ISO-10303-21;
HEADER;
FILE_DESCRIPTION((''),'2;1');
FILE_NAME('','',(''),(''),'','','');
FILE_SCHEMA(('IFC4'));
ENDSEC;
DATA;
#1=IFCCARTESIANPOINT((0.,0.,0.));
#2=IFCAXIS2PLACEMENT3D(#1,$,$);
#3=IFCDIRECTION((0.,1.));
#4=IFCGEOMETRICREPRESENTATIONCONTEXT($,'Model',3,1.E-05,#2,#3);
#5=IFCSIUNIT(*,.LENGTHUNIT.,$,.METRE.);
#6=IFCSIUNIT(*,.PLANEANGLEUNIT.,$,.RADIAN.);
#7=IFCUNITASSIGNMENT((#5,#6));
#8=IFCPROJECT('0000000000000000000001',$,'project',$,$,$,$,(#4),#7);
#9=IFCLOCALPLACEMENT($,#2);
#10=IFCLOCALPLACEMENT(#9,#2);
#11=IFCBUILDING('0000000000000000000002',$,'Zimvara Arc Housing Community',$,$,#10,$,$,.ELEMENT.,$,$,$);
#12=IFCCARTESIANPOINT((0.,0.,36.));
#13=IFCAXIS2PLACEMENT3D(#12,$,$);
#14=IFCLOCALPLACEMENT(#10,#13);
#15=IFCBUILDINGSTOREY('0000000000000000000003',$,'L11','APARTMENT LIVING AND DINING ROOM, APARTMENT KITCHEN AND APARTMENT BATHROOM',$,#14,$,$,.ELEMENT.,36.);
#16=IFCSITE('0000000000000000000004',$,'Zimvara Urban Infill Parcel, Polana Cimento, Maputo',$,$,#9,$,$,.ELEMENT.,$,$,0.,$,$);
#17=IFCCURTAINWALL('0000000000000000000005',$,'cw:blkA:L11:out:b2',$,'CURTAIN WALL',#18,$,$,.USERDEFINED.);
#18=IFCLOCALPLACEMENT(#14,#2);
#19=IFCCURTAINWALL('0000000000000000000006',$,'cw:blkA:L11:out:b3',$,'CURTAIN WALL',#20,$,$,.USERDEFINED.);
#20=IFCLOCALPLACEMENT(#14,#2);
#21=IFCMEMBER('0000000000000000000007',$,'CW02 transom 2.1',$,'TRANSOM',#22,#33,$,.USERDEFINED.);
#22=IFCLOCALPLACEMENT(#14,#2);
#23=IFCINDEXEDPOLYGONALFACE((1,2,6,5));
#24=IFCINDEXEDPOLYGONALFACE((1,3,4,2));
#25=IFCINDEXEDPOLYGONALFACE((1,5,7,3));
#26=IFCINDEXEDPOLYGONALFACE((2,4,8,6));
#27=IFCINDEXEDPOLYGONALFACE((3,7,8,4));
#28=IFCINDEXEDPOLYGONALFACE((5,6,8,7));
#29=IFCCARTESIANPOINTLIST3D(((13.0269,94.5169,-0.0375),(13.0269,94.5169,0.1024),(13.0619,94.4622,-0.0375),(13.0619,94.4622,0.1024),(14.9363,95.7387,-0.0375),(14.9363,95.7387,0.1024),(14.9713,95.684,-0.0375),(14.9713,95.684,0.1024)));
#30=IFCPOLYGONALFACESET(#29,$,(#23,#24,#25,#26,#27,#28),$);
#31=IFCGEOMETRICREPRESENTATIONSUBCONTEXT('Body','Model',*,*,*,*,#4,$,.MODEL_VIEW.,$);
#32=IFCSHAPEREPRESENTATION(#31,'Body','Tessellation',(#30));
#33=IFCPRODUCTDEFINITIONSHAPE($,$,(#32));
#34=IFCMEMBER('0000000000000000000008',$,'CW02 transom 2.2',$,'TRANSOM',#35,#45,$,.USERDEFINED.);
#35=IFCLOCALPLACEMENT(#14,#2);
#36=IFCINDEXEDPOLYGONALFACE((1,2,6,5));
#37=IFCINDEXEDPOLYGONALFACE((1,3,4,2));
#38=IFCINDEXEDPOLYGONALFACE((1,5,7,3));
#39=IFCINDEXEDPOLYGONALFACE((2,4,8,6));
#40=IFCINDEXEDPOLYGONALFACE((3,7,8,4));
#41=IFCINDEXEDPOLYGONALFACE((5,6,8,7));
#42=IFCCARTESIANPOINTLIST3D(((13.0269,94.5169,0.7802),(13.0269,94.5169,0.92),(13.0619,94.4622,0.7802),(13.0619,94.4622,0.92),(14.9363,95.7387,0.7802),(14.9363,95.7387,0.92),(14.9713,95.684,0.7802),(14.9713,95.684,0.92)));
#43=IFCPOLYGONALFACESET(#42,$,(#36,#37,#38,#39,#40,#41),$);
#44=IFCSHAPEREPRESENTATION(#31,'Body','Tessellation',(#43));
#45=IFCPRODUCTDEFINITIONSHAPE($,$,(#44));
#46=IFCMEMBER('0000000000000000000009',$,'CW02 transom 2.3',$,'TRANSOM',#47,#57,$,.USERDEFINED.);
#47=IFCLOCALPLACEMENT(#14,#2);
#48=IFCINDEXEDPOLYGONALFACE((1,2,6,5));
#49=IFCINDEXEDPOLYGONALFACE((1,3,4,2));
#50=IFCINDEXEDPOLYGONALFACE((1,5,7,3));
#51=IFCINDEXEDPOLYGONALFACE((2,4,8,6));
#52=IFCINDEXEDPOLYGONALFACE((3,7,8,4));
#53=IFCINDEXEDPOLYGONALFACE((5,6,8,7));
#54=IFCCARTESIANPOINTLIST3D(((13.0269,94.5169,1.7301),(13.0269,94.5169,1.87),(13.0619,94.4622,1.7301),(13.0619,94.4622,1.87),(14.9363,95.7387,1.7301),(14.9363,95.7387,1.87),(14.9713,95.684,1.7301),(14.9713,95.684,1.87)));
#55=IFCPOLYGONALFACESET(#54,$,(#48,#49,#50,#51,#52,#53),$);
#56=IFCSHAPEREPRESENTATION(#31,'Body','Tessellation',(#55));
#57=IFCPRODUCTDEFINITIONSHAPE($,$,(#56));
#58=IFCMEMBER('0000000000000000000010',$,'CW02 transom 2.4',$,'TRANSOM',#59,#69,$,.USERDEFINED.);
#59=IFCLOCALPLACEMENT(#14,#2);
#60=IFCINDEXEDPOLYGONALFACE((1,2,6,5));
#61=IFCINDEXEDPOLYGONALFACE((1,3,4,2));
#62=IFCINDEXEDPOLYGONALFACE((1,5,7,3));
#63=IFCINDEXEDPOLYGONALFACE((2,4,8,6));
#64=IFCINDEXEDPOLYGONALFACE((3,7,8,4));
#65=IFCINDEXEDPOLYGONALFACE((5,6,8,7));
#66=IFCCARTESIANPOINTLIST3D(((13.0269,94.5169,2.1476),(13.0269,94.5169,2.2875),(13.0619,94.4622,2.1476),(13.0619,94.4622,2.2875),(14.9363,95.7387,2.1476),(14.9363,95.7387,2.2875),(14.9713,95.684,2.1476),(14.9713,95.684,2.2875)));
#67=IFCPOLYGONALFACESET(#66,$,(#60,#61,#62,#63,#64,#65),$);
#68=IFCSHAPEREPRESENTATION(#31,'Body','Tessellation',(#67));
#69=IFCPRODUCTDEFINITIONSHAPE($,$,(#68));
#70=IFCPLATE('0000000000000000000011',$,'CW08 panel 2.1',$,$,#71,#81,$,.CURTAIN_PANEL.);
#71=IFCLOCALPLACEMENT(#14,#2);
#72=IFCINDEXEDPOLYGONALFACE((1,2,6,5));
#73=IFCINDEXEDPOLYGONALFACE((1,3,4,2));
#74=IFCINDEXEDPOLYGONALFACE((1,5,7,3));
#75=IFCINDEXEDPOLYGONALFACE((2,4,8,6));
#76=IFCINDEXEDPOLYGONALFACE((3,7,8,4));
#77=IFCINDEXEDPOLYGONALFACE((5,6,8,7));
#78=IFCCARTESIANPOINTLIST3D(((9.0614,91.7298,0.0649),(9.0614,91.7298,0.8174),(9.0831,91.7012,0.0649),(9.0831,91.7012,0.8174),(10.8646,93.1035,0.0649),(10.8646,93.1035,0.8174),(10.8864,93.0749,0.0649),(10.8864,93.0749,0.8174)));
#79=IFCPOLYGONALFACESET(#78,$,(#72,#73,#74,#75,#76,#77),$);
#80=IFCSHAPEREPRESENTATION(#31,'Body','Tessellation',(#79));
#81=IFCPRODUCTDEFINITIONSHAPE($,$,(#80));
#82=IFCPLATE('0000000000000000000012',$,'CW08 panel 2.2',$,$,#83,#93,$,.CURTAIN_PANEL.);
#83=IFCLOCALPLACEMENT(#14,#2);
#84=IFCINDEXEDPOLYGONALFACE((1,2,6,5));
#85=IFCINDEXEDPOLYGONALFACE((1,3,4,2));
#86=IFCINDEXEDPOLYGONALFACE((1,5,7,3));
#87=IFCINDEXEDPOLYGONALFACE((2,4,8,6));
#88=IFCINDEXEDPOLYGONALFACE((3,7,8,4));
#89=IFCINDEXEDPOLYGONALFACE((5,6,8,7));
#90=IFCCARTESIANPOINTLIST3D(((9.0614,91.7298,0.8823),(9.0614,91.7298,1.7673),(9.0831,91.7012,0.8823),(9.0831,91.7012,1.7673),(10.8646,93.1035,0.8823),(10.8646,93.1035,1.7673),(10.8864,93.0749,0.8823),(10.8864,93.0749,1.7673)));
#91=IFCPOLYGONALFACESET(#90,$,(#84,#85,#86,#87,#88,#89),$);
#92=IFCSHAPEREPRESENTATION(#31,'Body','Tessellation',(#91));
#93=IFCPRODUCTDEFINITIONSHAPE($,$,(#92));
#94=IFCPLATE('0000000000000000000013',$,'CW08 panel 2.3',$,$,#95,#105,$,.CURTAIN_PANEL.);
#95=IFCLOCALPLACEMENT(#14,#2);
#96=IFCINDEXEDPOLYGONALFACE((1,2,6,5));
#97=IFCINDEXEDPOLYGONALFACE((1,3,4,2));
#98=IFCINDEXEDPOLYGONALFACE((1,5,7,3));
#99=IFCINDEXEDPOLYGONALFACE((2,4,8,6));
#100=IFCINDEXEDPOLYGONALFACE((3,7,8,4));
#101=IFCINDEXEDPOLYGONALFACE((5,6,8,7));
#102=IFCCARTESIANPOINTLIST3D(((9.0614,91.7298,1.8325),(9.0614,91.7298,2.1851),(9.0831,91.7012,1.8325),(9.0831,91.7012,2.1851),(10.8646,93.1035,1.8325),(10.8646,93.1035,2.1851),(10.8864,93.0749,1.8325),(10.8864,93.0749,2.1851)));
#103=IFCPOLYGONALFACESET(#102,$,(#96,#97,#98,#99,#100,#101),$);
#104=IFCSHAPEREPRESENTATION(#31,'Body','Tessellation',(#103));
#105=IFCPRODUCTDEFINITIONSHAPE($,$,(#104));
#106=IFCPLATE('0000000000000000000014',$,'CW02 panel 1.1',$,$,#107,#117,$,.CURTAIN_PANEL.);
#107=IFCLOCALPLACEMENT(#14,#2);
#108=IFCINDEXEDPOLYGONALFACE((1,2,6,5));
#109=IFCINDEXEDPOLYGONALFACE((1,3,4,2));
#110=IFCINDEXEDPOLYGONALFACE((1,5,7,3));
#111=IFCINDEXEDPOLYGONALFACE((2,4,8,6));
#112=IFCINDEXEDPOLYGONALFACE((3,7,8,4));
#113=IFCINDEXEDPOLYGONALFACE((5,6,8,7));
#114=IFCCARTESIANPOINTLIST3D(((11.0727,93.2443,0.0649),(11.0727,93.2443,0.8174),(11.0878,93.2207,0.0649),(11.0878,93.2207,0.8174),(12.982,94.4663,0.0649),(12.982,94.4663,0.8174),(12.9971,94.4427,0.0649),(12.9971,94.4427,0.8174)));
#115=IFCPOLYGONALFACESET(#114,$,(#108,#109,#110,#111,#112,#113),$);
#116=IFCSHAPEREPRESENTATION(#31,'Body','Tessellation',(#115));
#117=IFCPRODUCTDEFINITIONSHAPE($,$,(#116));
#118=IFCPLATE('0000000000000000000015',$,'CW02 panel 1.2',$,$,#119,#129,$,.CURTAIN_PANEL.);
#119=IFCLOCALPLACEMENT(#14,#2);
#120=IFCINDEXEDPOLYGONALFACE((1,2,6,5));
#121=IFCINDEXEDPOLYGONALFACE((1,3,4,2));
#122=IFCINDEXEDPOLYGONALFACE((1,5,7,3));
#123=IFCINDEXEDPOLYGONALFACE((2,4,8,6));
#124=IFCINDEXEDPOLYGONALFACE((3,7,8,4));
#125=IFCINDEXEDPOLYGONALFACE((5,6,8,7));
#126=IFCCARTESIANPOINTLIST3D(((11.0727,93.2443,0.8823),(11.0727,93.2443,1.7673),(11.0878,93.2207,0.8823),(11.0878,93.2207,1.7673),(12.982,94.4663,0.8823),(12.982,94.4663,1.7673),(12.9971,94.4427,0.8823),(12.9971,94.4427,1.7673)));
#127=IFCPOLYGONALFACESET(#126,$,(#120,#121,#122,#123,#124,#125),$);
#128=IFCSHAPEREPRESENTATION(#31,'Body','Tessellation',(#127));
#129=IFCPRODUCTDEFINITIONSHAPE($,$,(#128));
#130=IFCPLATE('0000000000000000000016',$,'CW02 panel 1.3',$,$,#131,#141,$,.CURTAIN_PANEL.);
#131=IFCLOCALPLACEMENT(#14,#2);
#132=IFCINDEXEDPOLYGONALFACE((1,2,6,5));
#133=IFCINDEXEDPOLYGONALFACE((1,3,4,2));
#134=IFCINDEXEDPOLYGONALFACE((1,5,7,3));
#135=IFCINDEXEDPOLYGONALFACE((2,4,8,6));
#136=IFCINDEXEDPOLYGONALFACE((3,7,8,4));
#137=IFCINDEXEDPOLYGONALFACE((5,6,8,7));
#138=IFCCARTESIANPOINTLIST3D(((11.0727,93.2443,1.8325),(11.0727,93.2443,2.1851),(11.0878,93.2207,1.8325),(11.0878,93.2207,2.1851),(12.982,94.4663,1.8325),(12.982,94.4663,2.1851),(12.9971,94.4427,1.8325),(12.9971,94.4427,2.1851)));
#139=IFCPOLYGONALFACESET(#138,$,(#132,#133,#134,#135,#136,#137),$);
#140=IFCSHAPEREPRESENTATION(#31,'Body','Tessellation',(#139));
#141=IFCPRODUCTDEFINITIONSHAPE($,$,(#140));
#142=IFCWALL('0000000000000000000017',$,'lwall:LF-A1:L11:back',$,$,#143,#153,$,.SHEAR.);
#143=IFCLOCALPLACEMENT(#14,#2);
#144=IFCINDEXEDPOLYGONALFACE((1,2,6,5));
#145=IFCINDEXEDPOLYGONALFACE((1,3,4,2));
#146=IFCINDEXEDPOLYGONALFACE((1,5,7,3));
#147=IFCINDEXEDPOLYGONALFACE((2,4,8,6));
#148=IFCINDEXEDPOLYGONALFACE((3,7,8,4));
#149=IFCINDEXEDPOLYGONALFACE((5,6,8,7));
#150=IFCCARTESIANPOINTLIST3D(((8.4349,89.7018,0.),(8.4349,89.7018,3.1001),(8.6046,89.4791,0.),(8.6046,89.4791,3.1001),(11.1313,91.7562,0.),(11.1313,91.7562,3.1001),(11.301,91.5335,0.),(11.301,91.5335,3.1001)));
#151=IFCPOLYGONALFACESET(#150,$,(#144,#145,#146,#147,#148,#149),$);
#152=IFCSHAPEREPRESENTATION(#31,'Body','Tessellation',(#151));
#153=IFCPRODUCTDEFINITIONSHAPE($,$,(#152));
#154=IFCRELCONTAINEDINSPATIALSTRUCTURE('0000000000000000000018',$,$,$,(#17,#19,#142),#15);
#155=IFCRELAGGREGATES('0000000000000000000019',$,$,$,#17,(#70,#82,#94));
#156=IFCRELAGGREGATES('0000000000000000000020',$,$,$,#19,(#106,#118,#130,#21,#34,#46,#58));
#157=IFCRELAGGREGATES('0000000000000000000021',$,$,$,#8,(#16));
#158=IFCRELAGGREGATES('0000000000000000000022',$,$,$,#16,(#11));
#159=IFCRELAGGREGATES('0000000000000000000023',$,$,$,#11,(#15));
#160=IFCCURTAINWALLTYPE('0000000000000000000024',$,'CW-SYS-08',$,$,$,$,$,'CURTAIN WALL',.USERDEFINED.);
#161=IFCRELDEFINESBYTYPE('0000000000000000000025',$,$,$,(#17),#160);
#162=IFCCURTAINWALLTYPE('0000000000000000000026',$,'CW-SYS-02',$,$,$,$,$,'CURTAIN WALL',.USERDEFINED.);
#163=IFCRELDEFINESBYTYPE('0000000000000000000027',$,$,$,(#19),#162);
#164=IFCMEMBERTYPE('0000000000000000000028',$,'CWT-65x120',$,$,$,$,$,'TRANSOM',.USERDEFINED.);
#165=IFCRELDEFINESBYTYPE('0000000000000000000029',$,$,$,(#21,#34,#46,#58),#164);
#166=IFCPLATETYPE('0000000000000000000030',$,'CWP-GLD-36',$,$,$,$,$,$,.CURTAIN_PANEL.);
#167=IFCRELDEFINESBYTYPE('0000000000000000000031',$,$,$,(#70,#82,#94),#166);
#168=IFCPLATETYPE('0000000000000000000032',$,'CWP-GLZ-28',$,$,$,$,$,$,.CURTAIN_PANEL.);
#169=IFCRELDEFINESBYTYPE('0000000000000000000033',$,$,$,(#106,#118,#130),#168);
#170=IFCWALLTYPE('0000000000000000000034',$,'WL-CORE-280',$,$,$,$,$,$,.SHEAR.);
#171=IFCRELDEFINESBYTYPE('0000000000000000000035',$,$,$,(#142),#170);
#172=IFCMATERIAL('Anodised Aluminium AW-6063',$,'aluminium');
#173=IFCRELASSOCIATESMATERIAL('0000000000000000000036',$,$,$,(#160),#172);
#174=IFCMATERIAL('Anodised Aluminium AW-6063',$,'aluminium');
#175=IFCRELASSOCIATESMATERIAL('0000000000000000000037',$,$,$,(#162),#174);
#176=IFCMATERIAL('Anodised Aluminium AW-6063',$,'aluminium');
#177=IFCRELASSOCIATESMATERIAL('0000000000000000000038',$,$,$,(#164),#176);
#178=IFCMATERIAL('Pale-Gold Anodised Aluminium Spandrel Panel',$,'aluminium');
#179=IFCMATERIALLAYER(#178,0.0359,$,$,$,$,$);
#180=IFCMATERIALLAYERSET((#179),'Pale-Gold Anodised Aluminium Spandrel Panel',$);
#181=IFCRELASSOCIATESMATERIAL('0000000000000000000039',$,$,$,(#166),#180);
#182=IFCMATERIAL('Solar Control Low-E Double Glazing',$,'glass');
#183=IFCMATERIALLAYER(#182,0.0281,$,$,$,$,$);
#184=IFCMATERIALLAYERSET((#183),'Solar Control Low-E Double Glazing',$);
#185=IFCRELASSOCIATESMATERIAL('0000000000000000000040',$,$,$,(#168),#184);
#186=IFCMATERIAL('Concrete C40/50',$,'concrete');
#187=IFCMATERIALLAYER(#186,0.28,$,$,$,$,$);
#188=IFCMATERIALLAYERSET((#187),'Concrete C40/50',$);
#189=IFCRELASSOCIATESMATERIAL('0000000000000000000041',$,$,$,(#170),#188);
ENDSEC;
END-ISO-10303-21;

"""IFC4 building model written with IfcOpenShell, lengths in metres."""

from ifc_helpers import new_model, si_unit, direction, frame, frame_2d, origin, origin_2d, place, context, subcontext, project, spatial, rectangle, extrude, material, layer, layer_set, material_profile, profile_set, type_object, element, aggregate, save


model = new_model("IFC4")

# Units and contexts
model_context = context("Model", 3, precision=1e-05, world=origin(), true_north=direction((0.0, 1.0)))
body_context = subcontext(model_context, "Body", "Model", "MODEL_VIEW")
ifc_project = project(units=[si_unit("LENGTHUNIT", "METRE"), si_unit("PLANEANGLEUNIT", "RADIAN")], contexts=[model_context])

# Site, building, storey
site_placement = place(None, origin())
site = spatial("IfcSite", under=ifc_project, at=site_placement, Name="Zimvara Urban Infill Parcel, Polana Cimento, Maputo", CompositionType="ELEMENT", RefElevation=0.0)
building_placement = place(site_placement, origin())
building = spatial("IfcBuilding", under=site, at=building_placement, Name="Zimvara Arc Housing Community", CompositionType="ELEMENT")
storey_placement = place(building_placement, frame((0.0, 0.0, 36.0)))
storey = spatial("IfcBuildingStorey", under=building, at=storey_placement, Name="L11", Description="APARTMENT LIVING AND DINING ROOM, APARTMENT KITCHEN AND APARTMENT BATHROOM", CompositionType="ELEMENT", Elevation=36.0)

# Curtain walls
ifc_material_1 = material(Name="Anodised Aluminium AW-6063", Category="aluminium")
curtain_wall_type_1 = type_object("IfcCurtainWallType", Name="CW-SYS-08", ElementType="CURTAIN WALL", PredefinedType="USERDEFINED", material=ifc_material_1)
curtain_wall_1_placement = place(storey_placement, origin())
curtain_wall_1 = element("IfcCurtainWall", 1, at=curtain_wall_1_placement, inside=storey, type_object=curtain_wall_type_1, Name="cw:blkA:L11:out:b2", ObjectType="CURTAIN WALL", PredefinedType="USERDEFINED")
ifc_material_2 = material(Name="Anodised Aluminium AW-6063", Category="aluminium")
curtain_wall_type_2 = type_object("IfcCurtainWallType", Name="CW-SYS-02", ElementType="CURTAIN WALL", PredefinedType="USERDEFINED", material=ifc_material_2)
curtain_wall_2_placement = place(storey_placement, origin())
curtain_wall_2 = element("IfcCurtainWall", 2, at=curtain_wall_2_placement, inside=storey, type_object=curtain_wall_type_2, Name="cw:blkA:L11:out:b3", ObjectType="CURTAIN WALL", PredefinedType="USERDEFINED")

# Members
ifc_material_3 = material(Name="Anodised Aluminium AW-6063", Category="aluminium")
ifc_material_profile_1 = material_profile(ifc_material_3, rectangle(XDim=0.0649, YDim=0.1399, at=origin_2d()), Name="ALU 65x140")
ifc_profile_set_1 = profile_set([ifc_material_profile_1], Name="Anodised Aluminium AW-6063")
member_type_1 = type_object("IfcMemberType", Name="CWT-65x120", ElementType="TRANSOM", PredefinedType="USERDEFINED", material=ifc_profile_set_1)
member_1_placement = place(storey_placement, frame((13.0444, 94.4895, 0.0325), z_axis=(0.842293, 0.53902, 0.0), x_axis=(-0.53902, 0.842293, 0.0)))
member_1 = element("IfcMember", 3, at=member_1_placement, type_object=member_type_1, Name="CW02 transom 2.1", ObjectType="TRANSOM", PredefinedType="USERDEFINED", context=body_context, shape_type="SweptSolid", body=[
    extrude(rectangle(XDim=0.0649, YDim=0.1399, at=origin_2d()), origin(), (0.0, 0.0, 1.0), 2.2668),
])
member_2_placement = place(storey_placement, frame((13.0444, 94.4895, 0.8501), z_axis=(0.842293, 0.53902, 0.0), x_axis=(-0.53902, 0.842293, 0.0)))
member_2 = element("IfcMember", 4, at=member_2_placement, type_object=member_type_1, Name="CW02 transom 2.2", ObjectType="TRANSOM", PredefinedType="USERDEFINED", context=body_context, shape_type="SweptSolid", body=[
    extrude(rectangle(XDim=0.0649, YDim=0.1399, at=origin_2d()), origin(), (0.0, 0.0, 1.0), 2.2668),
])
member_3_placement = place(storey_placement, frame((13.0444, 94.4895, 1.8), z_axis=(0.842293, 0.53902, 0.0), x_axis=(-0.53902, 0.842293, 0.0)))
member_3 = element("IfcMember", 5, at=member_3_placement, type_object=member_type_1, Name="CW02 transom 2.3", ObjectType="TRANSOM", PredefinedType="USERDEFINED", context=body_context, shape_type="SweptSolid", body=[
    extrude(rectangle(XDim=0.0649, YDim=0.1399, at=origin_2d()), origin(), (0.0, 0.0, 1.0), 2.2668),
])
member_4_placement = place(storey_placement, frame((13.0444, 94.4895, 2.2175), z_axis=(0.842293, 0.53902, 0.0), x_axis=(-0.53902, 0.842293, 0.0)))
member_4 = element("IfcMember", 6, at=member_4_placement, type_object=member_type_1, Name="CW02 transom 2.4", ObjectType="TRANSOM", PredefinedType="USERDEFINED", context=body_context, shape_type="SweptSolid", body=[
    extrude(rectangle(XDim=0.0649, YDim=0.1399, at=origin_2d()), origin(), (0.0, 0.0, 1.0), 2.2668),
])

# Plates
ifc_material_4 = material(Name="Pale-Gold Anodised Aluminium Spandrel Panel", Category="aluminium")
ifc_layer_1 = layer(ifc_material_4, 0.0359)
ifc_layer_set_1 = layer_set([ifc_layer_1], Name="Pale-Gold Anodised Aluminium Spandrel Panel")
plate_type_1 = type_object("IfcPlateType", Name="CWP-GLD-36", PredefinedType="CURTAIN_PANEL", material=ifc_layer_set_1)
plate_1_placement = place(storey_placement, frame((9.9739, 92.4023, 0.0649), z_axis=(0.0, 0.0, 1.0), x_axis=(0.795474, 0.605988, 0.0)))
plate_1 = element("IfcPlate", 7, at=plate_1_placement, type_object=plate_type_1, Name="CW08 panel 2.1", PredefinedType="CURTAIN_PANEL", context=body_context, shape_type="SweptSolid", body=[
    extrude(rectangle(XDim=2.2668, YDim=0.0359, at=origin_2d()), origin(), (0.0, 0.0, 1.0), 0.7524),
])
plate_2_placement = place(storey_placement, frame((9.9739, 92.4023, 0.8823), z_axis=(0.0, 0.0, 1.0), x_axis=(0.795474, 0.605988, 0.0)))
plate_2 = element("IfcPlate", 8, at=plate_2_placement, type_object=plate_type_1, Name="CW08 panel 2.2", PredefinedType="CURTAIN_PANEL", context=body_context, shape_type="SweptSolid", body=[
    extrude(rectangle(XDim=2.2668, YDim=0.0359, at=origin_2d()), origin(), (0.0, 0.0, 1.0), 0.885),
])
plate_3_placement = place(storey_placement, frame((9.9739, 92.4023, 1.8325), z_axis=(0.0, 0.0, 1.0), x_axis=(0.795474, 0.605988, 0.0)))
plate_3 = element("IfcPlate", 9, at=plate_3_placement, type_object=plate_type_1, Name="CW08 panel 2.3", PredefinedType="CURTAIN_PANEL", context=body_context, shape_type="SweptSolid", body=[
    extrude(rectangle(XDim=2.2668, YDim=0.0359, at=origin_2d()), origin(), (0.0, 0.0, 1.0), 0.3525),
])
aggregate(curtain_wall_1, [plate_1, plate_2, plate_3])
ifc_material_5 = material(Name="Solar Control Low-E Double Glazing", Category="glass")
ifc_layer_2 = layer(ifc_material_5, 0.0281)
ifc_layer_set_2 = layer_set([ifc_layer_2], Name="Solar Control Low-E Double Glazing")
plate_type_2 = type_object("IfcPlateType", Name="CWP-GLZ-28", PredefinedType="CURTAIN_PANEL", material=ifc_layer_set_2)
plate_4_placement = place(storey_placement, frame((12.0349, 93.8435, 0.0649), z_axis=(0.0, 0.0, 1.0), x_axis=(0.842264, 0.539065, 0.0)))
plate_4 = element("IfcPlate", 10, at=plate_4_placement, type_object=plate_type_2, Name="CW02 panel 1.1", PredefinedType="CURTAIN_PANEL", context=body_context, shape_type="SweptSolid", body=[
    extrude(rectangle(XDim=2.2668, YDim=0.0281, at=origin_2d()), origin(), (0.0, 0.0, 1.0), 0.7524),
])
plate_5_placement = place(storey_placement, frame((12.0349, 93.8435, 0.8823), z_axis=(0.0, 0.0, 1.0), x_axis=(0.842264, 0.539065, 0.0)))
plate_5 = element("IfcPlate", 11, at=plate_5_placement, type_object=plate_type_2, Name="CW02 panel 1.2", PredefinedType="CURTAIN_PANEL", context=body_context, shape_type="SweptSolid", body=[
    extrude(rectangle(XDim=2.2668, YDim=0.0281, at=origin_2d()), origin(), (0.0, 0.0, 1.0), 0.885),
])
plate_6_placement = place(storey_placement, frame((12.0349, 93.8435, 1.8325), z_axis=(0.0, 0.0, 1.0), x_axis=(0.842264, 0.539065, 0.0)))
plate_6 = element("IfcPlate", 12, at=plate_6_placement, type_object=plate_type_2, Name="CW02 panel 1.3", PredefinedType="CURTAIN_PANEL", context=body_context, shape_type="SweptSolid", body=[
    extrude(rectangle(XDim=2.2668, YDim=0.0281, at=origin_2d()), origin(), (0.0, 0.0, 1.0), 0.3525),
])
aggregate(curtain_wall_2, [plate_4, plate_5, plate_6, member_1, member_2, member_3, member_4])

# Wall
ifc_material_6 = material(Name="Concrete C40/50", Category="concrete")
ifc_layer_3 = layer(ifc_material_6, 0.28)
ifc_layer_set_3 = layer_set([ifc_layer_3], Name="Concrete C40/50")
wall_type = type_object("IfcWallType", Name="WL-CORE-280", PredefinedType="SHEAR", material=ifc_layer_set_3)
wall_placement = place(storey_placement, frame((11.2161, 91.6448, 0.0), z_axis=(0.0, 0.0, 1.0), x_axis=(-0.79544, -0.606032, 0.0)))
element("IfcWall", 13, at=wall_placement, inside=storey, type_object=wall_type, Name="lwall:LF-A1:L11:back", PredefinedType="SHEAR", context=body_context, shape_type="SweptSolid", body=[
    extrude(rectangle(XDim=3.3899, YDim=0.28, at=frame_2d((1.6948, 0.0))), origin(), (0.0, 0.0, 1.0), 3.1001),
])

save(model, "model.ifc")
